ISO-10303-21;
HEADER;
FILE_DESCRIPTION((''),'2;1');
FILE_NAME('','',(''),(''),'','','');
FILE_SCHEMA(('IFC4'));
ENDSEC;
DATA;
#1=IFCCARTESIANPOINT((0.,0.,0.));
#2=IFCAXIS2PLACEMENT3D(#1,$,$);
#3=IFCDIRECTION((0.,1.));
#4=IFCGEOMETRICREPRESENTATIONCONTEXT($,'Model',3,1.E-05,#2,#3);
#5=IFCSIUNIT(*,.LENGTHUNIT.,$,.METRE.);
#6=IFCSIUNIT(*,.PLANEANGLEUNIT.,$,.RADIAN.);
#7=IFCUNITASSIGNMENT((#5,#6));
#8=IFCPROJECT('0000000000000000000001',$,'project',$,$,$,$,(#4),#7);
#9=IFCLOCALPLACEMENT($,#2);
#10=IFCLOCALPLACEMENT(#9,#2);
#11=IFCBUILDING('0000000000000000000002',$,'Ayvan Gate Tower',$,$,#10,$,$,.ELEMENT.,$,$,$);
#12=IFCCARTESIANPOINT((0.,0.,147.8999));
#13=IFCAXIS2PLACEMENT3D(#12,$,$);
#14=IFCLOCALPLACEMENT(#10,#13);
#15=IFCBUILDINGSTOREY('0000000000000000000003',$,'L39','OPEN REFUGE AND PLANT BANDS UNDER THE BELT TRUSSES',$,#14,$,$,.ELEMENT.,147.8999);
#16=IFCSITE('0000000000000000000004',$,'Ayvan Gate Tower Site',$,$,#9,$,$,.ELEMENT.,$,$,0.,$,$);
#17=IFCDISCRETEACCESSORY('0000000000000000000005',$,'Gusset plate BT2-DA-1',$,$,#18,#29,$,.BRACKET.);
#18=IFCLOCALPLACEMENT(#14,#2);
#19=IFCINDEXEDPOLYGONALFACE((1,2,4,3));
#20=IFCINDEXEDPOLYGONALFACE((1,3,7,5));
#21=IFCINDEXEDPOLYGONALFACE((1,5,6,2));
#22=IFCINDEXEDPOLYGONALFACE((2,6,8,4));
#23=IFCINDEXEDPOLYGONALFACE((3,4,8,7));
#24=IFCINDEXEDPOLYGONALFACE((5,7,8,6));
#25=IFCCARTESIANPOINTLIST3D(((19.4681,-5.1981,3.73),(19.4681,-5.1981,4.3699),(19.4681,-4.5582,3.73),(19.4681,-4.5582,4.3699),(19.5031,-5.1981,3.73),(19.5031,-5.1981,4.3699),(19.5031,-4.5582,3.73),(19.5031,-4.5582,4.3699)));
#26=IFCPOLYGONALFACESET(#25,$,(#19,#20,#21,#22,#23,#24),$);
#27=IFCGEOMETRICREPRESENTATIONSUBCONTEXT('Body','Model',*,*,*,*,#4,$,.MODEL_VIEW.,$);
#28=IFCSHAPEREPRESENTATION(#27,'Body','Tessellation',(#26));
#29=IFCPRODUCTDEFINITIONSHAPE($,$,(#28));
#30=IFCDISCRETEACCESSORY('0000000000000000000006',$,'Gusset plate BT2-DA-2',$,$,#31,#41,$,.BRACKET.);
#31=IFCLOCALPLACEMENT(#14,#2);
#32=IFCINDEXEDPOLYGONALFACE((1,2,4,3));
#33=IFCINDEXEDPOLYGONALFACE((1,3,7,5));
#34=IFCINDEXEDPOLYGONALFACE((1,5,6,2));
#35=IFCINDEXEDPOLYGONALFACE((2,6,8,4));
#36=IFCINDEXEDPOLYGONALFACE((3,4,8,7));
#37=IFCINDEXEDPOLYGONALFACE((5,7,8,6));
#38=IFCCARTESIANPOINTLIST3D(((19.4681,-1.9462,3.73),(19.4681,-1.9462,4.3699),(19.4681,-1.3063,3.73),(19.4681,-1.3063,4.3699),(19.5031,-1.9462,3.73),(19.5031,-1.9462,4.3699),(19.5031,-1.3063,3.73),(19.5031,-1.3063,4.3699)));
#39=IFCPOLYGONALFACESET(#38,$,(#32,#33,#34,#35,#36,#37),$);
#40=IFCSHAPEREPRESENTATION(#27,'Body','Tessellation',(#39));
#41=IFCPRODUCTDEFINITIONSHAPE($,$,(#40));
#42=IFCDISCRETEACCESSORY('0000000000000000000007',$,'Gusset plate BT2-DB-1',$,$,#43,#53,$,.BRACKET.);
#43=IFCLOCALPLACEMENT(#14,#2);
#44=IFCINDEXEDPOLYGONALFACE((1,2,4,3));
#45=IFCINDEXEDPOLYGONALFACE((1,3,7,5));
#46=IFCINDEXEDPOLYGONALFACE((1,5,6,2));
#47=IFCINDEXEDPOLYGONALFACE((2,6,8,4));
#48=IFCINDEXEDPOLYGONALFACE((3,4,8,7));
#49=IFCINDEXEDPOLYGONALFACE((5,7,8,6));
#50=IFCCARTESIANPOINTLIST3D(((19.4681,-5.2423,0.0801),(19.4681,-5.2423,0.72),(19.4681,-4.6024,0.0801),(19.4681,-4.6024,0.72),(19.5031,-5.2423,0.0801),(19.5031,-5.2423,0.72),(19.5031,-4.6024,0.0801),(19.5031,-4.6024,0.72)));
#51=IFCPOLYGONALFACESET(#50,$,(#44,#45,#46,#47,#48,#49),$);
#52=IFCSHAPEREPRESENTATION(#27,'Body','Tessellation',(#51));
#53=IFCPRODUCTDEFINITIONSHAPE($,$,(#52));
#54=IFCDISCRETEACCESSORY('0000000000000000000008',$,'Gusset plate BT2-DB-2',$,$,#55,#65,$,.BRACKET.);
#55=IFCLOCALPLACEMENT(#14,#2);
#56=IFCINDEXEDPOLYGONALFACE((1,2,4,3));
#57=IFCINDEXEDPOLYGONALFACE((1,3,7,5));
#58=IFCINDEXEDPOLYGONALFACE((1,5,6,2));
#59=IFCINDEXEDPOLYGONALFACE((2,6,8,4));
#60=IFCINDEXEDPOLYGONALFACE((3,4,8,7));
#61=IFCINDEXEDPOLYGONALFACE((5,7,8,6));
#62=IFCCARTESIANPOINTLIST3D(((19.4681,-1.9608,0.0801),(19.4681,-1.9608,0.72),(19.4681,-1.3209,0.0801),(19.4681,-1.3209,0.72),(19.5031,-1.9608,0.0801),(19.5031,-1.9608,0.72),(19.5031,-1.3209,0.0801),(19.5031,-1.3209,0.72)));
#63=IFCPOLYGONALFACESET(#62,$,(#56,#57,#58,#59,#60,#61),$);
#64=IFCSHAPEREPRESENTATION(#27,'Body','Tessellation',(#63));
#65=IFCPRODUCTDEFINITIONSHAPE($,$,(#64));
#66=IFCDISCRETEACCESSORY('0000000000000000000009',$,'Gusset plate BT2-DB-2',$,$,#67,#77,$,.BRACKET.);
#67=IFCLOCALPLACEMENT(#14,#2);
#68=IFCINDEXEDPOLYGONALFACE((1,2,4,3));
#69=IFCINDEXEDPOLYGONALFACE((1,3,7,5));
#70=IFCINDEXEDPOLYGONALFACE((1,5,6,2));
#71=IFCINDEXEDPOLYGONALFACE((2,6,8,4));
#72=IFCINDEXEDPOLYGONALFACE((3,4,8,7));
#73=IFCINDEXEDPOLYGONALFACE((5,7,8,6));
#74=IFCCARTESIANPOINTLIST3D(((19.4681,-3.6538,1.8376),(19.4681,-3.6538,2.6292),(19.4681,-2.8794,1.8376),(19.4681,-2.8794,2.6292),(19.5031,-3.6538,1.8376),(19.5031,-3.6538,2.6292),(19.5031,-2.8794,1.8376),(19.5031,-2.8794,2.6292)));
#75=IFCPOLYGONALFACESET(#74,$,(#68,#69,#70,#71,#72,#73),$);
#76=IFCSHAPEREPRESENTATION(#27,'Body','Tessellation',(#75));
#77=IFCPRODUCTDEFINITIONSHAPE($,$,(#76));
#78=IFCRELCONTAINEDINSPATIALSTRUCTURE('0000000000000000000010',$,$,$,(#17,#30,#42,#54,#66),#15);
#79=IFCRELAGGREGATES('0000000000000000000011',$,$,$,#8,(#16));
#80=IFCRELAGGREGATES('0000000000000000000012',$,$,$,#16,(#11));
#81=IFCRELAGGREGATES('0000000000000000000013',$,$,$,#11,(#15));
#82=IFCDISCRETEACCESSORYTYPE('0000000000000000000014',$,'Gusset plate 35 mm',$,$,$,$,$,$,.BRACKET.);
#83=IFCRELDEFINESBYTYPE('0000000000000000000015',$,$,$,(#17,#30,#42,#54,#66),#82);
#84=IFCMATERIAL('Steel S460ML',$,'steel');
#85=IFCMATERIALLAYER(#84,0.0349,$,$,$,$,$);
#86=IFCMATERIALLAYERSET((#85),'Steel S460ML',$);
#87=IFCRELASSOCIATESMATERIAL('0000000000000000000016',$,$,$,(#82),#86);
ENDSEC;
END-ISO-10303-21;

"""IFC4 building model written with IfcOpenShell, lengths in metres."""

from ifc_helpers import new_model, si_unit, direction, frame, origin, origin_2d, place, context, subcontext, project, spatial, rectangle, extrude, material, layer, layer_set, type_object, element, save


model = new_model("IFC4")

# Units and contexts
model_context = context("Model", 3, precision=1e-05, world=origin(), true_north=direction((0.0, 1.0)))
body_context = subcontext(model_context, "Body", "Model", "MODEL_VIEW")
ifc_project = project(units=[si_unit("LENGTHUNIT", "METRE"), si_unit("PLANEANGLEUNIT", "RADIAN")], contexts=[model_context])

# Site, building, storey
site_placement = place(None, origin())
site = spatial("IfcSite", under=ifc_project, at=site_placement, Name="Ayvan Gate Tower Site", CompositionType="ELEMENT", RefElevation=0.0)
building_placement = place(site_placement, origin())
building = spatial("IfcBuilding", under=site, at=building_placement, Name="Ayvan Gate Tower", CompositionType="ELEMENT")
storey_placement = place(building_placement, frame((0.0, 0.0, 147.8999)))
storey = spatial("IfcBuildingStorey", under=building, at=storey_placement, Name="L39", Description="OPEN REFUGE AND PLANT BANDS UNDER THE BELT TRUSSES", CompositionType="ELEMENT", Elevation=147.8999)

# Shared definitions
ifc_material_1 = material(Name="Steel S460ML", Category="steel")

# Discrete accessories
ifc_layer_1 = layer(ifc_material_1, 0.0349)
ifc_layer_set_1 = layer_set([ifc_layer_1], Name="Steel S460ML")
discrete_accessory_type_1 = type_object("IfcDiscreteAccessoryType", Name="Gusset plate 35 mm", PredefinedType="BRACKET", material=ifc_layer_set_1)
for number, where, z_axis, x_axis, name in (
    (1, (19.4856, -4.8782, 3.73), (0.0, 0.0, 1.0), (0.0, 1.0, 0.0), "Gusset plate BT2-DA-1"),
    (2, (19.4856, -1.6262, 3.73), (0.0, 0.0, 1.0), (0.0, 1.0, 0.0), "Gusset plate BT2-DA-2"),
    (3, (19.4856, -4.9224, 0.0801), (0.0, 0.0, 1.0), (0.0, 1.0, 0.0), "Gusset plate BT2-DB-1"),
    (4, (19.4856, -1.6409, 0.0801), (0.0, 0.0, 1.0), (0.0, 1.0, 0.0), "Gusset plate BT2-DB-2"),
):
    element("IfcDiscreteAccessory", number, at=place(storey_placement, frame(where, z_axis=z_axis, x_axis=x_axis)), inside=storey, type_object=discrete_accessory_type_1, Name=name, PredefinedType="BRACKET", context=body_context, shape_type="SweptSolid", body=[
        extrude(rectangle(XDim=0.6399, YDim=0.0349, at=origin_2d()), origin(), (0.0, 0.0, 1.0), 0.6399),
    ])
discrete_accessory_1_placement = place(storey_placement, frame((19.4856, -3.2666, 1.8376), z_axis=(0.0, 0.0, 1.0), x_axis=(0.0, 1.0, 0.0)))
element("IfcDiscreteAccessory", 5, at=discrete_accessory_1_placement, inside=storey, type_object=discrete_accessory_type_1, Name="Gusset plate BT2-DB-2", PredefinedType="BRACKET", context=body_context, shape_type="SweptSolid", body=[
    extrude(rectangle(XDim=0.7744, YDim=0.0349, at=origin_2d()), origin(), (0.0, 0.0, 1.0), 0.7915),
])

save(model, "model.ifc")
